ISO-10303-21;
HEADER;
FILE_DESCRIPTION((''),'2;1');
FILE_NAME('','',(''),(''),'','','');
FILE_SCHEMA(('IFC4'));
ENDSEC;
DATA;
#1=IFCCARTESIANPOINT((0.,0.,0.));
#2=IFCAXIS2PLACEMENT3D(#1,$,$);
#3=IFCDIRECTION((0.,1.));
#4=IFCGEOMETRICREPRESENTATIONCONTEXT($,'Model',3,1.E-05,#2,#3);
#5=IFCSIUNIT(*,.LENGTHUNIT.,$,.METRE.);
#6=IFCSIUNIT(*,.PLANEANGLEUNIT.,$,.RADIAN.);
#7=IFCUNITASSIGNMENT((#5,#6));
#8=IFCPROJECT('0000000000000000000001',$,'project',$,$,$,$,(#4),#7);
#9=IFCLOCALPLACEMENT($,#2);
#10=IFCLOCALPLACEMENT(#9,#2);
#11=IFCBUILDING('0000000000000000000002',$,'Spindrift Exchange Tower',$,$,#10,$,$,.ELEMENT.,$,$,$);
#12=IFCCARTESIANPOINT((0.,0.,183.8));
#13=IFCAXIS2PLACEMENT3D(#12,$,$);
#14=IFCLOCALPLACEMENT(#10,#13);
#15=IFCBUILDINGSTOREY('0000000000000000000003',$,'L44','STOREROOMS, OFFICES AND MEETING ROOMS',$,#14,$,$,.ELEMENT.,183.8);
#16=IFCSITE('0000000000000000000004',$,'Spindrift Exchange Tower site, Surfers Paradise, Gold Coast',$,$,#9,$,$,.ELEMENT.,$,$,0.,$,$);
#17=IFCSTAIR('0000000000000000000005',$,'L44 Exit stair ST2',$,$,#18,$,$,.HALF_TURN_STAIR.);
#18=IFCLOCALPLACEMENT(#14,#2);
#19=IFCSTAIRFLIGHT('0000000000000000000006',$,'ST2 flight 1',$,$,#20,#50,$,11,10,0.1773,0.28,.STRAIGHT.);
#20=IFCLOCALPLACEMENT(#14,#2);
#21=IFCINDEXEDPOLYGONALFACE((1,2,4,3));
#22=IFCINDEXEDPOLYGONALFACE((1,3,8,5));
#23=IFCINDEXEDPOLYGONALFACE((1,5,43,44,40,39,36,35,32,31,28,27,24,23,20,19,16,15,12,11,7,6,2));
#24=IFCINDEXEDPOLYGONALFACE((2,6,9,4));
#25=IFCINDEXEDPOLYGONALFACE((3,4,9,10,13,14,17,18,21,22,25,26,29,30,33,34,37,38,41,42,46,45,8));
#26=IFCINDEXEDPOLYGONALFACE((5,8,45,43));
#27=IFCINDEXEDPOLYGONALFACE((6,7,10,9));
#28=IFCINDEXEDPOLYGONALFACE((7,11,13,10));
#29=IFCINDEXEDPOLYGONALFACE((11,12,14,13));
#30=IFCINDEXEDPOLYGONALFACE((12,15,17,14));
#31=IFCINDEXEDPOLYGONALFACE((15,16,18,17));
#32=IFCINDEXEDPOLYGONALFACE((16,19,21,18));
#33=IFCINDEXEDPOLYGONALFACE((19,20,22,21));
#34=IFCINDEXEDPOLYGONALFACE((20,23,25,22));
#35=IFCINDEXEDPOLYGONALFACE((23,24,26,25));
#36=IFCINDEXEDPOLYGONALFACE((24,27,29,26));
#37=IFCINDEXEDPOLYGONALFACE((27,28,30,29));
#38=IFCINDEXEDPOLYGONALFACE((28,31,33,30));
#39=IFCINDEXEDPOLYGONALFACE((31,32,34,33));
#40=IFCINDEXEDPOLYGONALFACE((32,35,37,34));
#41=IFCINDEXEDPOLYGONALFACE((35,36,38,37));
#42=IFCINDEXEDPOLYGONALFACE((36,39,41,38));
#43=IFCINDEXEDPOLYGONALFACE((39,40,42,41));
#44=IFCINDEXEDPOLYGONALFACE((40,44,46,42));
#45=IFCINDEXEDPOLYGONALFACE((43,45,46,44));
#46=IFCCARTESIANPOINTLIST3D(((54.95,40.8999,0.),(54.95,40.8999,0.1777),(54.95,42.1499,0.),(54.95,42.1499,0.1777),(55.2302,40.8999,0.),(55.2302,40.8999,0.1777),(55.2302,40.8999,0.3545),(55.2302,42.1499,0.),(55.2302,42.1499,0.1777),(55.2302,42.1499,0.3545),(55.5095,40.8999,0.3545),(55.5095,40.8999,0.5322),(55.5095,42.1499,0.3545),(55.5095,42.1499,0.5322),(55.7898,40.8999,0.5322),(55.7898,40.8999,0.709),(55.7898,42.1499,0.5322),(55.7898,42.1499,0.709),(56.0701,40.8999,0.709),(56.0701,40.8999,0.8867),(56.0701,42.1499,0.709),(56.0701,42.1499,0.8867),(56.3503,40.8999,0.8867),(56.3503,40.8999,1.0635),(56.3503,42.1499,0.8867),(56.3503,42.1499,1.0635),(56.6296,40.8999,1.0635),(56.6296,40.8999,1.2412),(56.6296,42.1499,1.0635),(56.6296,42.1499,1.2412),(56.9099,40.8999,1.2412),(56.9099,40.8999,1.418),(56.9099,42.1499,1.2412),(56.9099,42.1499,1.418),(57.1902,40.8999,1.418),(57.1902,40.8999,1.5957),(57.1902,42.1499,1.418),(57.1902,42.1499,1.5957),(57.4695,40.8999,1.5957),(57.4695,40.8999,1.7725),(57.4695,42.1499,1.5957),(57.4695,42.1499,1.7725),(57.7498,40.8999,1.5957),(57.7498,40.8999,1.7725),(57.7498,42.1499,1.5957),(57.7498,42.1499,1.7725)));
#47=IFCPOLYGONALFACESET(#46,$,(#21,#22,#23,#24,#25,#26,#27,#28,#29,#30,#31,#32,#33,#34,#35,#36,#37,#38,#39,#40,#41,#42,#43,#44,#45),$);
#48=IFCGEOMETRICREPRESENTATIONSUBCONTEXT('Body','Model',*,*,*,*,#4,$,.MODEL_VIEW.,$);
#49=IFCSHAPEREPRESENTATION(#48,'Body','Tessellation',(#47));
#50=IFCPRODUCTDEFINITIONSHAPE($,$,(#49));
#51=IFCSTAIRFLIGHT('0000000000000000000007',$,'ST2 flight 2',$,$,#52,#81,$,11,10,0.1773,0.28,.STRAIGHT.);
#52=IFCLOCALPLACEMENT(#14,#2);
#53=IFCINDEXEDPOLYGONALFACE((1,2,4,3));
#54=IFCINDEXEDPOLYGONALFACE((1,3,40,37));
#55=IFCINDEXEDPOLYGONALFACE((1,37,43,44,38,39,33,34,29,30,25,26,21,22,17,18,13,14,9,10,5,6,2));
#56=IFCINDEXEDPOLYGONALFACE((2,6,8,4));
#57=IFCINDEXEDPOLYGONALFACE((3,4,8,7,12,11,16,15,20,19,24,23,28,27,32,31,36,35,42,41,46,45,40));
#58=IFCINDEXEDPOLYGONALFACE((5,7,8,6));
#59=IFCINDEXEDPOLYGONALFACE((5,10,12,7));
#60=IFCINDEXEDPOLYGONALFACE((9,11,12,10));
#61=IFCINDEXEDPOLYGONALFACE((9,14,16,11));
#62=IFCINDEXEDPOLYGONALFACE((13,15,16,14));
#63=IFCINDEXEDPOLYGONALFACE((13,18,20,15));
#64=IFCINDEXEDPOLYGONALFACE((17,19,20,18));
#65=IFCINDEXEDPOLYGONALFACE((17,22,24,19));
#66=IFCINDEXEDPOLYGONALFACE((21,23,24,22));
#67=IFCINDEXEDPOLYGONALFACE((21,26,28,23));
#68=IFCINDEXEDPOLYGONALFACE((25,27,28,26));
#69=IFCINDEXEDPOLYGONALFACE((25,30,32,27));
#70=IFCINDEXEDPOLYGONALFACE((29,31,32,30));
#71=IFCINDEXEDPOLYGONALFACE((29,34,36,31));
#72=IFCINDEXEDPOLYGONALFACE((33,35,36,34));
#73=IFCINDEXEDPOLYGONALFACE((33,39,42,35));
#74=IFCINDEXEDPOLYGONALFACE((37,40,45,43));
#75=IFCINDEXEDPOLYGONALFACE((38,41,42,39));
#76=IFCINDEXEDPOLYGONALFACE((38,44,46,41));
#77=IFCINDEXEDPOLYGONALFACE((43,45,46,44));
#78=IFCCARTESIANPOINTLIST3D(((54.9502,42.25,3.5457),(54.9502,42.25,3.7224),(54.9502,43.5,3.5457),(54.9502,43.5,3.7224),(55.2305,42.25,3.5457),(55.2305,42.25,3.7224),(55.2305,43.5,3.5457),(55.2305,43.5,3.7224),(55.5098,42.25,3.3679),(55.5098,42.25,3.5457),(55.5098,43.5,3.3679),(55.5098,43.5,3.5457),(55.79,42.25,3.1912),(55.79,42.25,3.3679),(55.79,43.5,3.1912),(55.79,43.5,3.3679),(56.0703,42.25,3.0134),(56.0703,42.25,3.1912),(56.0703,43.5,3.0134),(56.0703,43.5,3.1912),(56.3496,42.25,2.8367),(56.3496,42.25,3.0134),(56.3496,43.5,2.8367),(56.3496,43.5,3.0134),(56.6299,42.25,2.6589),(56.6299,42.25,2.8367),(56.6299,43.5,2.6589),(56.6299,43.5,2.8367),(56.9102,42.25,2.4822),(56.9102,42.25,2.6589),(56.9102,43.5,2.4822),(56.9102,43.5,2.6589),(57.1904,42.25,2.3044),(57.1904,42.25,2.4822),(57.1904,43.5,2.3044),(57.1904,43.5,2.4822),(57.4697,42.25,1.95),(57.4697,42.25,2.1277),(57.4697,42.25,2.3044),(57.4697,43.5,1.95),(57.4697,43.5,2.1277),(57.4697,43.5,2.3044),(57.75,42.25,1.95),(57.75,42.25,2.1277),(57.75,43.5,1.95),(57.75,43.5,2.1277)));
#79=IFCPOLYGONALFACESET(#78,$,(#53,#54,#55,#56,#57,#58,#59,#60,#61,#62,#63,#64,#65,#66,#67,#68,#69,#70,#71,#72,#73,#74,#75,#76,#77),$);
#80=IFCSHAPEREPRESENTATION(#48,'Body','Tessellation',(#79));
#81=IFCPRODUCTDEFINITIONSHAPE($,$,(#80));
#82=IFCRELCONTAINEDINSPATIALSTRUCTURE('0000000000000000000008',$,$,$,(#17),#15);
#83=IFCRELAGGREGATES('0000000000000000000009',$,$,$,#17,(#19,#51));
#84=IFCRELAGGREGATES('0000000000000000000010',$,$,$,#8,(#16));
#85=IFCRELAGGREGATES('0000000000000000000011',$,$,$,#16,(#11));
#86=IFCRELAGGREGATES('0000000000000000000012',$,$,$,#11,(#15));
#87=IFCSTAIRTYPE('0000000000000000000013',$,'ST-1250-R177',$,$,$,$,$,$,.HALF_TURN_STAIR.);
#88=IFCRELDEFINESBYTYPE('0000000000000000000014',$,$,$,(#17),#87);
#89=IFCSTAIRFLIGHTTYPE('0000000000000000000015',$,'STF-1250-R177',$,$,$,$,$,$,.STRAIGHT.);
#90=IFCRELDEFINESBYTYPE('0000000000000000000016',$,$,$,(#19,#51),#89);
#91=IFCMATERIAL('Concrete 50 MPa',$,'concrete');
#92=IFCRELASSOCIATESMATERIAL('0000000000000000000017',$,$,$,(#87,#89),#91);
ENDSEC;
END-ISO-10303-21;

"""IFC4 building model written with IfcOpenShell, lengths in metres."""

from ifc_helpers import new_model, si_unit, direction, frame, origin, place, context, subcontext, project, spatial, line, indexed_curve, outline, extrude, material, type_object, element, aggregate, save


model = new_model("IFC4")

# Units and contexts
model_context = context("Model", 3, precision=1e-05, world=origin(), true_north=direction((0.0, 1.0)))
body_context = subcontext(model_context, "Body", "Model", "MODEL_VIEW")
ifc_project = project(units=[si_unit("LENGTHUNIT", "METRE"), si_unit("PLANEANGLEUNIT", "RADIAN")], contexts=[model_context])

# Site, building, storey
site_placement = place(None, origin())
site = spatial("IfcSite", under=ifc_project, at=site_placement, Name="Spindrift Exchange Tower site, Surfers Paradise, Gold Coast", CompositionType="ELEMENT", RefElevation=0.0)
building_placement = place(site_placement, origin())
building = spatial("IfcBuilding", under=site, at=building_placement, Name="Spindrift Exchange Tower", CompositionType="ELEMENT")
storey_placement = place(building_placement, frame((0.0, 0.0, 183.8)))
storey = spatial("IfcBuildingStorey", under=building, at=storey_placement, Name="L44", Description="STOREROOMS, OFFICES AND MEETING ROOMS", CompositionType="ELEMENT", Elevation=183.8)

# Stair, stair flights
ifc_material_1 = material(Name="Concrete 50 MPa", Category="concrete")
stair_type = type_object("IfcStairType", Name="ST-1250-R177", PredefinedType="HALF_TURN_STAIR", material=ifc_material_1)
stair_placement = place(storey_placement, origin())
stair = element("IfcStair", 1, at=stair_placement, inside=storey, type_object=stair_type, Name="L44 Exit stair ST2", PredefinedType="HALF_TURN_STAIR")
stair_flight_type = type_object("IfcStairFlightType", Name="STF-1250-R177", PredefinedType="STRAIGHT", material=ifc_material_1)
stair_flight_1_placement = place(storey_placement, frame((54.95, 41.5249, 0.0), z_axis=(0.0, 0.0, 1.0), x_axis=(1.0, 0.0, 0.0)))
stair_flight_1 = element("IfcStairFlight", 2, at=stair_flight_1_placement, type_object=stair_flight_type, Name="ST2 flight 1", NumberOfRisers=11, NumberOfTreads=10, PredefinedType="STRAIGHT", RiserHeight=0.1773, TreadLength=0.28, context=body_context, shape_type="SweptSolid", body=[
    extrude(outline(indexed_curve([(0.0, 0.0), (0.0, 0.1777), (0.2803, 0.1777), (0.2803, 0.3545), (0.5596, 0.3545), (0.5596, 0.5322), (0.8398, 0.5322), (0.8398, 0.709), (1.1201, 0.709), (1.1201, 0.8867), (1.4004, 0.8867), (1.4004, 1.0635), (1.6797, 1.0635), (1.6797, 1.2412), (1.96, 1.2412), (1.96, 1.418), (2.2402, 1.418), (2.2402, 1.5957), (2.5195, 1.5957), (2.5195, 1.7725), (2.7998, 1.7725), (2.7998, 1.9502), (2.7998, 1.5957), (0.2803, 0.0)], segments=[line(1, 2, 3, 4, 5, 6, 7, 8, 9, 10, 11, 12, 13, 14, 15, 16, 17, 18, 19, 20, 21, 22, 23, 24, 1)], self_intersect=False)), frame((0.0, 0.625, 0.0), z_axis=(0.0, -1.0, 0.0), x_axis=(1.0, 0.0, 0.0)), (0.0, 0.0, 1.0), 1.25),
])
stair_flight_2_placement = place(storey_placement, frame((57.75, 42.875, 1.95), z_axis=(0.0, 0.0, 1.0), x_axis=(-1.0, 0.0, 0.0)))
stair_flight_2 = element("IfcStairFlight", 3, at=stair_flight_2_placement, type_object=stair_flight_type, Name="ST2 flight 2", NumberOfRisers=11, NumberOfTreads=10, PredefinedType="STRAIGHT", RiserHeight=0.1773, TreadLength=0.28, context=body_context, shape_type="SweptSolid", body=[
    extrude(outline(indexed_curve([(0.0, 0.0), (0.0, 0.1777), (0.2803, 0.1777), (0.2803, 0.3545), (0.5596, 0.3545), (0.5596, 0.5322), (0.8398, 0.5322), (0.8398, 0.709), (1.1201, 0.709), (1.1201, 0.8867), (1.4004, 0.8867), (1.4004, 1.0635), (1.6797, 1.0635), (1.6797, 1.2412), (1.96, 1.2412), (1.96, 1.418), (2.2402, 1.418), (2.2402, 1.5957), (2.5195, 1.5957), (2.5195, 1.7725), (2.7998, 1.7725), (2.7998, 1.9502), (2.7998, 1.5957), (0.2803, 0.0)], segments=[line(1, 2, 3, 4, 5, 6, 7, 8, 9, 10, 11, 12, 13, 14, 15, 16, 17, 18, 19, 20, 21, 22, 23, 24, 1)], self_intersect=False)), frame((0.0, 0.625, 0.0), z_axis=(0.0, -1.0, 0.0), x_axis=(1.0, 0.0, 0.0)), (0.0, 0.0, 1.0), 1.25),
])
aggregate(stair, [stair_flight_1, stair_flight_2])

save(model, "model.ifc")
